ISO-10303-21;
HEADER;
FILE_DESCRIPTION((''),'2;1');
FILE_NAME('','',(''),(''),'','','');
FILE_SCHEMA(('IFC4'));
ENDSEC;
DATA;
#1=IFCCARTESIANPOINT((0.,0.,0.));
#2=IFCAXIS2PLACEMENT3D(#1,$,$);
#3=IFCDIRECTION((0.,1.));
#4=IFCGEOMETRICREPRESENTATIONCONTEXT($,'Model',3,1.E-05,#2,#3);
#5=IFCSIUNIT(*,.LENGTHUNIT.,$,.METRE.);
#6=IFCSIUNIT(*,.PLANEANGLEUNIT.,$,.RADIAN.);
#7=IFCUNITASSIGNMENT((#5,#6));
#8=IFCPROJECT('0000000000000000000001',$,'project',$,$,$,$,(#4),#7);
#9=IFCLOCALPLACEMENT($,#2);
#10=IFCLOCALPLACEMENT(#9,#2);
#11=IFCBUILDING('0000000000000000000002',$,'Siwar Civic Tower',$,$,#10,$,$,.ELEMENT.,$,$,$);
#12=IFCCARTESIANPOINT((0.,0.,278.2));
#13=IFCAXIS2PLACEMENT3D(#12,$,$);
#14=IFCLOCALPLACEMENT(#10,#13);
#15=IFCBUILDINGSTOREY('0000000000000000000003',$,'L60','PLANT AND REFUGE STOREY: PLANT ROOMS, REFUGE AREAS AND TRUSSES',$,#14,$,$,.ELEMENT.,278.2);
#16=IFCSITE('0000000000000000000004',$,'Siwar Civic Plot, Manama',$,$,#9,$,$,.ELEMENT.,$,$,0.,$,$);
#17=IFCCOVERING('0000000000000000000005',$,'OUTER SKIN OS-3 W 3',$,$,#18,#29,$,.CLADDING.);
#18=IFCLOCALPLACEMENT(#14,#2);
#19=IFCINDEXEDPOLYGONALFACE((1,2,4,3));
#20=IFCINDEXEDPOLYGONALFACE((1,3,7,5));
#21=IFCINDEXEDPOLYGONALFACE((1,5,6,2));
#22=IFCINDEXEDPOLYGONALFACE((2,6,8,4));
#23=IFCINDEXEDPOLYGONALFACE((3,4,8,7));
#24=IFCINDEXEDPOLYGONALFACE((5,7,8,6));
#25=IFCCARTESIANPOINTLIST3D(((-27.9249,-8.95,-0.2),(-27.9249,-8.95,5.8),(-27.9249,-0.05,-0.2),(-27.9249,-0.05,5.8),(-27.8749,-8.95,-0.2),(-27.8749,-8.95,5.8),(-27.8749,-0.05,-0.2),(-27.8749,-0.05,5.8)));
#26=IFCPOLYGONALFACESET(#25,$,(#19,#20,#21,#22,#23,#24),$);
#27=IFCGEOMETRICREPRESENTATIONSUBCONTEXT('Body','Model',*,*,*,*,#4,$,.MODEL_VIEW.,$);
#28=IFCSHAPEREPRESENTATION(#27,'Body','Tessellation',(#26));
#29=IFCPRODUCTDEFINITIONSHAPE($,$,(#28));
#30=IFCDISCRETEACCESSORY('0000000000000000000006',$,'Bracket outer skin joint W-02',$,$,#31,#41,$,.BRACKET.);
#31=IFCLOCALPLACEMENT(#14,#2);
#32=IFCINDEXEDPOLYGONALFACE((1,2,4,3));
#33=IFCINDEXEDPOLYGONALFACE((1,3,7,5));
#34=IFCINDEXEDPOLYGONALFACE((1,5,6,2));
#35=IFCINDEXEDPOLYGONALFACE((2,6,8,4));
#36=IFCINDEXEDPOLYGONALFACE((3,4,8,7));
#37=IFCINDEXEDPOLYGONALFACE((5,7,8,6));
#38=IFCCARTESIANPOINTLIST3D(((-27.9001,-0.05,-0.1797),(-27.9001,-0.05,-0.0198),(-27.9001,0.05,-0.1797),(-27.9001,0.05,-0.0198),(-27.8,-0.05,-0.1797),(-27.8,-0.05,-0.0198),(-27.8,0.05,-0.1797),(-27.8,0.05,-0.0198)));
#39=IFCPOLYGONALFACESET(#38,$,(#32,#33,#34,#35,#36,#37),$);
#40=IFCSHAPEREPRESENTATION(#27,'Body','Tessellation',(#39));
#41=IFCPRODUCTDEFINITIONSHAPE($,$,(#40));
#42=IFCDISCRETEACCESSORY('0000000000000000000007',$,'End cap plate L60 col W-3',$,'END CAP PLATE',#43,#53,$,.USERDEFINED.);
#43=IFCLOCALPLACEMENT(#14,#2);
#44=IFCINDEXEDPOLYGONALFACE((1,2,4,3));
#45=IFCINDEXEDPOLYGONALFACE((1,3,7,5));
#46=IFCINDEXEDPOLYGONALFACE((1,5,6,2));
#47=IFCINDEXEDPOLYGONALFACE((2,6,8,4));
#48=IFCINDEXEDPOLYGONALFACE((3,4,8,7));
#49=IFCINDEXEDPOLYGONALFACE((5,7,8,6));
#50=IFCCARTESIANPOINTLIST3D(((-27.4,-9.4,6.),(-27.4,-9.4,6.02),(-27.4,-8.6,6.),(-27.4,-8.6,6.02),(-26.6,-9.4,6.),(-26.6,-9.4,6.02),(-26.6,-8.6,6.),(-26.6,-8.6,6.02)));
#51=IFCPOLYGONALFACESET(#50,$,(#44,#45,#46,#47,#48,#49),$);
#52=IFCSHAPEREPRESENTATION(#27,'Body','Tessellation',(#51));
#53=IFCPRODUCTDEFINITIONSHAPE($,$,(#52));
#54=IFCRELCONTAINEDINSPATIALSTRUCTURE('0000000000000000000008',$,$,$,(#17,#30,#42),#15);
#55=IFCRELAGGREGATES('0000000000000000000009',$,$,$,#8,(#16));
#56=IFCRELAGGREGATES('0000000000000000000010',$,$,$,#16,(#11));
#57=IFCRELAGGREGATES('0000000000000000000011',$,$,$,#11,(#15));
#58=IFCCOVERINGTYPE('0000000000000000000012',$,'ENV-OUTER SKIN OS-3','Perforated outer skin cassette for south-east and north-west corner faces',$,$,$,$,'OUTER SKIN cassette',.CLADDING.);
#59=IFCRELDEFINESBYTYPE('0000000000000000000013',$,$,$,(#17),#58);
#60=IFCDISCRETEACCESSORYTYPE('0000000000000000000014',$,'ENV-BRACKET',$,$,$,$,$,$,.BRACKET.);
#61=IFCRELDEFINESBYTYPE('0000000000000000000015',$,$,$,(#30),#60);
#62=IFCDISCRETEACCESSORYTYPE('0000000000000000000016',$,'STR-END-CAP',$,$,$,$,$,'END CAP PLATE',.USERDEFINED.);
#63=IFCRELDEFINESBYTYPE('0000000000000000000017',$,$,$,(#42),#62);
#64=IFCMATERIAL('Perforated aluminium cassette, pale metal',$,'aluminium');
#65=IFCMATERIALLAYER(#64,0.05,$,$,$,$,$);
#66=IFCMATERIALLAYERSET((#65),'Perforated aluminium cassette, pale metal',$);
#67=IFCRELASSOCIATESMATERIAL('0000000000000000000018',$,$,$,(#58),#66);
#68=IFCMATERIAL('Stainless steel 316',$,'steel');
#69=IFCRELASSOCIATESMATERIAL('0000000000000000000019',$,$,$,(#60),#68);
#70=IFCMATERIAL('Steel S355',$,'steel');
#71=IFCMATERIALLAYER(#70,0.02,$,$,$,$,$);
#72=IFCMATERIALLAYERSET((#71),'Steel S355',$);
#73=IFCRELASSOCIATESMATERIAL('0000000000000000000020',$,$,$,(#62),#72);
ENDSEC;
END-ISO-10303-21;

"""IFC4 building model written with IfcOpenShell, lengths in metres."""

from ifc_helpers import new_model, si_unit, direction, frame, origin, origin_2d, place, context, subcontext, project, spatial, rectangle, extrude, material, layer, layer_set, type_object, element, save


model = new_model("IFC4")

# Units and contexts
model_context = context("Model", 3, precision=1e-05, world=origin(), true_north=direction((0.0, 1.0)))
body_context = subcontext(model_context, "Body", "Model", "MODEL_VIEW")
ifc_project = project(units=[si_unit("LENGTHUNIT", "METRE"), si_unit("PLANEANGLEUNIT", "RADIAN")], contexts=[model_context])

# Site, building, storey
site_placement = place(None, origin())
site = spatial("IfcSite", under=ifc_project, at=site_placement, Name="Siwar Civic Plot, Manama", CompositionType="ELEMENT", RefElevation=0.0)
building_placement = place(site_placement, origin())
building = spatial("IfcBuilding", under=site, at=building_placement, Name="Siwar Civic Tower", CompositionType="ELEMENT")
storey_placement = place(building_placement, frame((0.0, 0.0, 278.2)))
storey = spatial("IfcBuildingStorey", under=building, at=storey_placement, Name="L60", Description="PLANT AND REFUGE STOREY: PLANT ROOMS, REFUGE AREAS AND TRUSSES", CompositionType="ELEMENT", Elevation=278.2)

# Covering
ifc_material_1 = material(Name="Perforated aluminium cassette, pale metal", Category="aluminium")
ifc_layer_1 = layer(ifc_material_1, 0.05)
ifc_layer_set_1 = layer_set([ifc_layer_1], Name="Perforated aluminium cassette, pale metal")
covering_type = type_object("IfcCoveringType", Name="ENV-OUTER SKIN OS-3", Description="Perforated outer skin cassette for south-east and north-west corner faces", ElementType="OUTER SKIN cassette", PredefinedType="CLADDING", material=ifc_layer_set_1)
covering_placement = place(storey_placement, frame((-27.8999, -4.5, -0.2), z_axis=(0.0, 0.0, 1.0), x_axis=(0.0, -1.0, 0.0)))
element("IfcCovering", 1, at=covering_placement, inside=storey, type_object=covering_type, Name="OUTER SKIN OS-3 W 3", PredefinedType="CLADDING", context=body_context, shape_type="SweptSolid", body=[
    extrude(rectangle(XDim=8.8999, YDim=0.05, at=origin_2d()), origin(), (0.0, 0.0, 1.0), 6.0),
])

# Discrete accessories
ifc_material_2 = material(Name="Stainless steel 316", Category="steel")
discrete_accessory_type_1 = type_object("IfcDiscreteAccessoryType", Name="ENV-BRACKET", PredefinedType="BRACKET", material=ifc_material_2)
discrete_accessory_1_placement = place(storey_placement, frame((-27.8501, 0.0, -0.1797), z_axis=(0.0, 0.0, 1.0), x_axis=(-1.0, 0.0, 0.0)))
element("IfcDiscreteAccessory", 2, at=discrete_accessory_1_placement, inside=storey, type_object=discrete_accessory_type_1, Name="Bracket outer skin joint W-02", PredefinedType="BRACKET", context=body_context, shape_type="SweptSolid", body=[
    extrude(rectangle(XDim=0.1001, YDim=0.1001, at=origin_2d()), origin(), (0.0, 0.0, 1.0), 0.1599),
])
ifc_material_3 = material(Name="Steel S355", Category="steel")
ifc_layer_2 = layer(ifc_material_3, 0.02)
ifc_layer_set_2 = layer_set([ifc_layer_2], Name="Steel S355")
discrete_accessory_type_2 = type_object("IfcDiscreteAccessoryType", Name="STR-END-CAP", ElementType="END CAP PLATE", PredefinedType="USERDEFINED", material=ifc_layer_set_2)
discrete_accessory_2_placement = place(storey_placement, frame((-27.0, -9.0, 6.0), z_axis=(0.0, 0.0, 1.0), x_axis=(1.0, 0.0, 0.0)))
element("IfcDiscreteAccessory", 3, at=discrete_accessory_2_placement, inside=storey, type_object=discrete_accessory_type_2, Name="End cap plate L60 col W-3", ObjectType="END CAP PLATE", PredefinedType="USERDEFINED", context=body_context, shape_type="SweptSolid", body=[
    extrude(rectangle(XDim=0.8, YDim=0.8, at=origin_2d()), origin(), (0.0, 0.0, 1.0), 0.02),
])

save(model, "model.ifc")
